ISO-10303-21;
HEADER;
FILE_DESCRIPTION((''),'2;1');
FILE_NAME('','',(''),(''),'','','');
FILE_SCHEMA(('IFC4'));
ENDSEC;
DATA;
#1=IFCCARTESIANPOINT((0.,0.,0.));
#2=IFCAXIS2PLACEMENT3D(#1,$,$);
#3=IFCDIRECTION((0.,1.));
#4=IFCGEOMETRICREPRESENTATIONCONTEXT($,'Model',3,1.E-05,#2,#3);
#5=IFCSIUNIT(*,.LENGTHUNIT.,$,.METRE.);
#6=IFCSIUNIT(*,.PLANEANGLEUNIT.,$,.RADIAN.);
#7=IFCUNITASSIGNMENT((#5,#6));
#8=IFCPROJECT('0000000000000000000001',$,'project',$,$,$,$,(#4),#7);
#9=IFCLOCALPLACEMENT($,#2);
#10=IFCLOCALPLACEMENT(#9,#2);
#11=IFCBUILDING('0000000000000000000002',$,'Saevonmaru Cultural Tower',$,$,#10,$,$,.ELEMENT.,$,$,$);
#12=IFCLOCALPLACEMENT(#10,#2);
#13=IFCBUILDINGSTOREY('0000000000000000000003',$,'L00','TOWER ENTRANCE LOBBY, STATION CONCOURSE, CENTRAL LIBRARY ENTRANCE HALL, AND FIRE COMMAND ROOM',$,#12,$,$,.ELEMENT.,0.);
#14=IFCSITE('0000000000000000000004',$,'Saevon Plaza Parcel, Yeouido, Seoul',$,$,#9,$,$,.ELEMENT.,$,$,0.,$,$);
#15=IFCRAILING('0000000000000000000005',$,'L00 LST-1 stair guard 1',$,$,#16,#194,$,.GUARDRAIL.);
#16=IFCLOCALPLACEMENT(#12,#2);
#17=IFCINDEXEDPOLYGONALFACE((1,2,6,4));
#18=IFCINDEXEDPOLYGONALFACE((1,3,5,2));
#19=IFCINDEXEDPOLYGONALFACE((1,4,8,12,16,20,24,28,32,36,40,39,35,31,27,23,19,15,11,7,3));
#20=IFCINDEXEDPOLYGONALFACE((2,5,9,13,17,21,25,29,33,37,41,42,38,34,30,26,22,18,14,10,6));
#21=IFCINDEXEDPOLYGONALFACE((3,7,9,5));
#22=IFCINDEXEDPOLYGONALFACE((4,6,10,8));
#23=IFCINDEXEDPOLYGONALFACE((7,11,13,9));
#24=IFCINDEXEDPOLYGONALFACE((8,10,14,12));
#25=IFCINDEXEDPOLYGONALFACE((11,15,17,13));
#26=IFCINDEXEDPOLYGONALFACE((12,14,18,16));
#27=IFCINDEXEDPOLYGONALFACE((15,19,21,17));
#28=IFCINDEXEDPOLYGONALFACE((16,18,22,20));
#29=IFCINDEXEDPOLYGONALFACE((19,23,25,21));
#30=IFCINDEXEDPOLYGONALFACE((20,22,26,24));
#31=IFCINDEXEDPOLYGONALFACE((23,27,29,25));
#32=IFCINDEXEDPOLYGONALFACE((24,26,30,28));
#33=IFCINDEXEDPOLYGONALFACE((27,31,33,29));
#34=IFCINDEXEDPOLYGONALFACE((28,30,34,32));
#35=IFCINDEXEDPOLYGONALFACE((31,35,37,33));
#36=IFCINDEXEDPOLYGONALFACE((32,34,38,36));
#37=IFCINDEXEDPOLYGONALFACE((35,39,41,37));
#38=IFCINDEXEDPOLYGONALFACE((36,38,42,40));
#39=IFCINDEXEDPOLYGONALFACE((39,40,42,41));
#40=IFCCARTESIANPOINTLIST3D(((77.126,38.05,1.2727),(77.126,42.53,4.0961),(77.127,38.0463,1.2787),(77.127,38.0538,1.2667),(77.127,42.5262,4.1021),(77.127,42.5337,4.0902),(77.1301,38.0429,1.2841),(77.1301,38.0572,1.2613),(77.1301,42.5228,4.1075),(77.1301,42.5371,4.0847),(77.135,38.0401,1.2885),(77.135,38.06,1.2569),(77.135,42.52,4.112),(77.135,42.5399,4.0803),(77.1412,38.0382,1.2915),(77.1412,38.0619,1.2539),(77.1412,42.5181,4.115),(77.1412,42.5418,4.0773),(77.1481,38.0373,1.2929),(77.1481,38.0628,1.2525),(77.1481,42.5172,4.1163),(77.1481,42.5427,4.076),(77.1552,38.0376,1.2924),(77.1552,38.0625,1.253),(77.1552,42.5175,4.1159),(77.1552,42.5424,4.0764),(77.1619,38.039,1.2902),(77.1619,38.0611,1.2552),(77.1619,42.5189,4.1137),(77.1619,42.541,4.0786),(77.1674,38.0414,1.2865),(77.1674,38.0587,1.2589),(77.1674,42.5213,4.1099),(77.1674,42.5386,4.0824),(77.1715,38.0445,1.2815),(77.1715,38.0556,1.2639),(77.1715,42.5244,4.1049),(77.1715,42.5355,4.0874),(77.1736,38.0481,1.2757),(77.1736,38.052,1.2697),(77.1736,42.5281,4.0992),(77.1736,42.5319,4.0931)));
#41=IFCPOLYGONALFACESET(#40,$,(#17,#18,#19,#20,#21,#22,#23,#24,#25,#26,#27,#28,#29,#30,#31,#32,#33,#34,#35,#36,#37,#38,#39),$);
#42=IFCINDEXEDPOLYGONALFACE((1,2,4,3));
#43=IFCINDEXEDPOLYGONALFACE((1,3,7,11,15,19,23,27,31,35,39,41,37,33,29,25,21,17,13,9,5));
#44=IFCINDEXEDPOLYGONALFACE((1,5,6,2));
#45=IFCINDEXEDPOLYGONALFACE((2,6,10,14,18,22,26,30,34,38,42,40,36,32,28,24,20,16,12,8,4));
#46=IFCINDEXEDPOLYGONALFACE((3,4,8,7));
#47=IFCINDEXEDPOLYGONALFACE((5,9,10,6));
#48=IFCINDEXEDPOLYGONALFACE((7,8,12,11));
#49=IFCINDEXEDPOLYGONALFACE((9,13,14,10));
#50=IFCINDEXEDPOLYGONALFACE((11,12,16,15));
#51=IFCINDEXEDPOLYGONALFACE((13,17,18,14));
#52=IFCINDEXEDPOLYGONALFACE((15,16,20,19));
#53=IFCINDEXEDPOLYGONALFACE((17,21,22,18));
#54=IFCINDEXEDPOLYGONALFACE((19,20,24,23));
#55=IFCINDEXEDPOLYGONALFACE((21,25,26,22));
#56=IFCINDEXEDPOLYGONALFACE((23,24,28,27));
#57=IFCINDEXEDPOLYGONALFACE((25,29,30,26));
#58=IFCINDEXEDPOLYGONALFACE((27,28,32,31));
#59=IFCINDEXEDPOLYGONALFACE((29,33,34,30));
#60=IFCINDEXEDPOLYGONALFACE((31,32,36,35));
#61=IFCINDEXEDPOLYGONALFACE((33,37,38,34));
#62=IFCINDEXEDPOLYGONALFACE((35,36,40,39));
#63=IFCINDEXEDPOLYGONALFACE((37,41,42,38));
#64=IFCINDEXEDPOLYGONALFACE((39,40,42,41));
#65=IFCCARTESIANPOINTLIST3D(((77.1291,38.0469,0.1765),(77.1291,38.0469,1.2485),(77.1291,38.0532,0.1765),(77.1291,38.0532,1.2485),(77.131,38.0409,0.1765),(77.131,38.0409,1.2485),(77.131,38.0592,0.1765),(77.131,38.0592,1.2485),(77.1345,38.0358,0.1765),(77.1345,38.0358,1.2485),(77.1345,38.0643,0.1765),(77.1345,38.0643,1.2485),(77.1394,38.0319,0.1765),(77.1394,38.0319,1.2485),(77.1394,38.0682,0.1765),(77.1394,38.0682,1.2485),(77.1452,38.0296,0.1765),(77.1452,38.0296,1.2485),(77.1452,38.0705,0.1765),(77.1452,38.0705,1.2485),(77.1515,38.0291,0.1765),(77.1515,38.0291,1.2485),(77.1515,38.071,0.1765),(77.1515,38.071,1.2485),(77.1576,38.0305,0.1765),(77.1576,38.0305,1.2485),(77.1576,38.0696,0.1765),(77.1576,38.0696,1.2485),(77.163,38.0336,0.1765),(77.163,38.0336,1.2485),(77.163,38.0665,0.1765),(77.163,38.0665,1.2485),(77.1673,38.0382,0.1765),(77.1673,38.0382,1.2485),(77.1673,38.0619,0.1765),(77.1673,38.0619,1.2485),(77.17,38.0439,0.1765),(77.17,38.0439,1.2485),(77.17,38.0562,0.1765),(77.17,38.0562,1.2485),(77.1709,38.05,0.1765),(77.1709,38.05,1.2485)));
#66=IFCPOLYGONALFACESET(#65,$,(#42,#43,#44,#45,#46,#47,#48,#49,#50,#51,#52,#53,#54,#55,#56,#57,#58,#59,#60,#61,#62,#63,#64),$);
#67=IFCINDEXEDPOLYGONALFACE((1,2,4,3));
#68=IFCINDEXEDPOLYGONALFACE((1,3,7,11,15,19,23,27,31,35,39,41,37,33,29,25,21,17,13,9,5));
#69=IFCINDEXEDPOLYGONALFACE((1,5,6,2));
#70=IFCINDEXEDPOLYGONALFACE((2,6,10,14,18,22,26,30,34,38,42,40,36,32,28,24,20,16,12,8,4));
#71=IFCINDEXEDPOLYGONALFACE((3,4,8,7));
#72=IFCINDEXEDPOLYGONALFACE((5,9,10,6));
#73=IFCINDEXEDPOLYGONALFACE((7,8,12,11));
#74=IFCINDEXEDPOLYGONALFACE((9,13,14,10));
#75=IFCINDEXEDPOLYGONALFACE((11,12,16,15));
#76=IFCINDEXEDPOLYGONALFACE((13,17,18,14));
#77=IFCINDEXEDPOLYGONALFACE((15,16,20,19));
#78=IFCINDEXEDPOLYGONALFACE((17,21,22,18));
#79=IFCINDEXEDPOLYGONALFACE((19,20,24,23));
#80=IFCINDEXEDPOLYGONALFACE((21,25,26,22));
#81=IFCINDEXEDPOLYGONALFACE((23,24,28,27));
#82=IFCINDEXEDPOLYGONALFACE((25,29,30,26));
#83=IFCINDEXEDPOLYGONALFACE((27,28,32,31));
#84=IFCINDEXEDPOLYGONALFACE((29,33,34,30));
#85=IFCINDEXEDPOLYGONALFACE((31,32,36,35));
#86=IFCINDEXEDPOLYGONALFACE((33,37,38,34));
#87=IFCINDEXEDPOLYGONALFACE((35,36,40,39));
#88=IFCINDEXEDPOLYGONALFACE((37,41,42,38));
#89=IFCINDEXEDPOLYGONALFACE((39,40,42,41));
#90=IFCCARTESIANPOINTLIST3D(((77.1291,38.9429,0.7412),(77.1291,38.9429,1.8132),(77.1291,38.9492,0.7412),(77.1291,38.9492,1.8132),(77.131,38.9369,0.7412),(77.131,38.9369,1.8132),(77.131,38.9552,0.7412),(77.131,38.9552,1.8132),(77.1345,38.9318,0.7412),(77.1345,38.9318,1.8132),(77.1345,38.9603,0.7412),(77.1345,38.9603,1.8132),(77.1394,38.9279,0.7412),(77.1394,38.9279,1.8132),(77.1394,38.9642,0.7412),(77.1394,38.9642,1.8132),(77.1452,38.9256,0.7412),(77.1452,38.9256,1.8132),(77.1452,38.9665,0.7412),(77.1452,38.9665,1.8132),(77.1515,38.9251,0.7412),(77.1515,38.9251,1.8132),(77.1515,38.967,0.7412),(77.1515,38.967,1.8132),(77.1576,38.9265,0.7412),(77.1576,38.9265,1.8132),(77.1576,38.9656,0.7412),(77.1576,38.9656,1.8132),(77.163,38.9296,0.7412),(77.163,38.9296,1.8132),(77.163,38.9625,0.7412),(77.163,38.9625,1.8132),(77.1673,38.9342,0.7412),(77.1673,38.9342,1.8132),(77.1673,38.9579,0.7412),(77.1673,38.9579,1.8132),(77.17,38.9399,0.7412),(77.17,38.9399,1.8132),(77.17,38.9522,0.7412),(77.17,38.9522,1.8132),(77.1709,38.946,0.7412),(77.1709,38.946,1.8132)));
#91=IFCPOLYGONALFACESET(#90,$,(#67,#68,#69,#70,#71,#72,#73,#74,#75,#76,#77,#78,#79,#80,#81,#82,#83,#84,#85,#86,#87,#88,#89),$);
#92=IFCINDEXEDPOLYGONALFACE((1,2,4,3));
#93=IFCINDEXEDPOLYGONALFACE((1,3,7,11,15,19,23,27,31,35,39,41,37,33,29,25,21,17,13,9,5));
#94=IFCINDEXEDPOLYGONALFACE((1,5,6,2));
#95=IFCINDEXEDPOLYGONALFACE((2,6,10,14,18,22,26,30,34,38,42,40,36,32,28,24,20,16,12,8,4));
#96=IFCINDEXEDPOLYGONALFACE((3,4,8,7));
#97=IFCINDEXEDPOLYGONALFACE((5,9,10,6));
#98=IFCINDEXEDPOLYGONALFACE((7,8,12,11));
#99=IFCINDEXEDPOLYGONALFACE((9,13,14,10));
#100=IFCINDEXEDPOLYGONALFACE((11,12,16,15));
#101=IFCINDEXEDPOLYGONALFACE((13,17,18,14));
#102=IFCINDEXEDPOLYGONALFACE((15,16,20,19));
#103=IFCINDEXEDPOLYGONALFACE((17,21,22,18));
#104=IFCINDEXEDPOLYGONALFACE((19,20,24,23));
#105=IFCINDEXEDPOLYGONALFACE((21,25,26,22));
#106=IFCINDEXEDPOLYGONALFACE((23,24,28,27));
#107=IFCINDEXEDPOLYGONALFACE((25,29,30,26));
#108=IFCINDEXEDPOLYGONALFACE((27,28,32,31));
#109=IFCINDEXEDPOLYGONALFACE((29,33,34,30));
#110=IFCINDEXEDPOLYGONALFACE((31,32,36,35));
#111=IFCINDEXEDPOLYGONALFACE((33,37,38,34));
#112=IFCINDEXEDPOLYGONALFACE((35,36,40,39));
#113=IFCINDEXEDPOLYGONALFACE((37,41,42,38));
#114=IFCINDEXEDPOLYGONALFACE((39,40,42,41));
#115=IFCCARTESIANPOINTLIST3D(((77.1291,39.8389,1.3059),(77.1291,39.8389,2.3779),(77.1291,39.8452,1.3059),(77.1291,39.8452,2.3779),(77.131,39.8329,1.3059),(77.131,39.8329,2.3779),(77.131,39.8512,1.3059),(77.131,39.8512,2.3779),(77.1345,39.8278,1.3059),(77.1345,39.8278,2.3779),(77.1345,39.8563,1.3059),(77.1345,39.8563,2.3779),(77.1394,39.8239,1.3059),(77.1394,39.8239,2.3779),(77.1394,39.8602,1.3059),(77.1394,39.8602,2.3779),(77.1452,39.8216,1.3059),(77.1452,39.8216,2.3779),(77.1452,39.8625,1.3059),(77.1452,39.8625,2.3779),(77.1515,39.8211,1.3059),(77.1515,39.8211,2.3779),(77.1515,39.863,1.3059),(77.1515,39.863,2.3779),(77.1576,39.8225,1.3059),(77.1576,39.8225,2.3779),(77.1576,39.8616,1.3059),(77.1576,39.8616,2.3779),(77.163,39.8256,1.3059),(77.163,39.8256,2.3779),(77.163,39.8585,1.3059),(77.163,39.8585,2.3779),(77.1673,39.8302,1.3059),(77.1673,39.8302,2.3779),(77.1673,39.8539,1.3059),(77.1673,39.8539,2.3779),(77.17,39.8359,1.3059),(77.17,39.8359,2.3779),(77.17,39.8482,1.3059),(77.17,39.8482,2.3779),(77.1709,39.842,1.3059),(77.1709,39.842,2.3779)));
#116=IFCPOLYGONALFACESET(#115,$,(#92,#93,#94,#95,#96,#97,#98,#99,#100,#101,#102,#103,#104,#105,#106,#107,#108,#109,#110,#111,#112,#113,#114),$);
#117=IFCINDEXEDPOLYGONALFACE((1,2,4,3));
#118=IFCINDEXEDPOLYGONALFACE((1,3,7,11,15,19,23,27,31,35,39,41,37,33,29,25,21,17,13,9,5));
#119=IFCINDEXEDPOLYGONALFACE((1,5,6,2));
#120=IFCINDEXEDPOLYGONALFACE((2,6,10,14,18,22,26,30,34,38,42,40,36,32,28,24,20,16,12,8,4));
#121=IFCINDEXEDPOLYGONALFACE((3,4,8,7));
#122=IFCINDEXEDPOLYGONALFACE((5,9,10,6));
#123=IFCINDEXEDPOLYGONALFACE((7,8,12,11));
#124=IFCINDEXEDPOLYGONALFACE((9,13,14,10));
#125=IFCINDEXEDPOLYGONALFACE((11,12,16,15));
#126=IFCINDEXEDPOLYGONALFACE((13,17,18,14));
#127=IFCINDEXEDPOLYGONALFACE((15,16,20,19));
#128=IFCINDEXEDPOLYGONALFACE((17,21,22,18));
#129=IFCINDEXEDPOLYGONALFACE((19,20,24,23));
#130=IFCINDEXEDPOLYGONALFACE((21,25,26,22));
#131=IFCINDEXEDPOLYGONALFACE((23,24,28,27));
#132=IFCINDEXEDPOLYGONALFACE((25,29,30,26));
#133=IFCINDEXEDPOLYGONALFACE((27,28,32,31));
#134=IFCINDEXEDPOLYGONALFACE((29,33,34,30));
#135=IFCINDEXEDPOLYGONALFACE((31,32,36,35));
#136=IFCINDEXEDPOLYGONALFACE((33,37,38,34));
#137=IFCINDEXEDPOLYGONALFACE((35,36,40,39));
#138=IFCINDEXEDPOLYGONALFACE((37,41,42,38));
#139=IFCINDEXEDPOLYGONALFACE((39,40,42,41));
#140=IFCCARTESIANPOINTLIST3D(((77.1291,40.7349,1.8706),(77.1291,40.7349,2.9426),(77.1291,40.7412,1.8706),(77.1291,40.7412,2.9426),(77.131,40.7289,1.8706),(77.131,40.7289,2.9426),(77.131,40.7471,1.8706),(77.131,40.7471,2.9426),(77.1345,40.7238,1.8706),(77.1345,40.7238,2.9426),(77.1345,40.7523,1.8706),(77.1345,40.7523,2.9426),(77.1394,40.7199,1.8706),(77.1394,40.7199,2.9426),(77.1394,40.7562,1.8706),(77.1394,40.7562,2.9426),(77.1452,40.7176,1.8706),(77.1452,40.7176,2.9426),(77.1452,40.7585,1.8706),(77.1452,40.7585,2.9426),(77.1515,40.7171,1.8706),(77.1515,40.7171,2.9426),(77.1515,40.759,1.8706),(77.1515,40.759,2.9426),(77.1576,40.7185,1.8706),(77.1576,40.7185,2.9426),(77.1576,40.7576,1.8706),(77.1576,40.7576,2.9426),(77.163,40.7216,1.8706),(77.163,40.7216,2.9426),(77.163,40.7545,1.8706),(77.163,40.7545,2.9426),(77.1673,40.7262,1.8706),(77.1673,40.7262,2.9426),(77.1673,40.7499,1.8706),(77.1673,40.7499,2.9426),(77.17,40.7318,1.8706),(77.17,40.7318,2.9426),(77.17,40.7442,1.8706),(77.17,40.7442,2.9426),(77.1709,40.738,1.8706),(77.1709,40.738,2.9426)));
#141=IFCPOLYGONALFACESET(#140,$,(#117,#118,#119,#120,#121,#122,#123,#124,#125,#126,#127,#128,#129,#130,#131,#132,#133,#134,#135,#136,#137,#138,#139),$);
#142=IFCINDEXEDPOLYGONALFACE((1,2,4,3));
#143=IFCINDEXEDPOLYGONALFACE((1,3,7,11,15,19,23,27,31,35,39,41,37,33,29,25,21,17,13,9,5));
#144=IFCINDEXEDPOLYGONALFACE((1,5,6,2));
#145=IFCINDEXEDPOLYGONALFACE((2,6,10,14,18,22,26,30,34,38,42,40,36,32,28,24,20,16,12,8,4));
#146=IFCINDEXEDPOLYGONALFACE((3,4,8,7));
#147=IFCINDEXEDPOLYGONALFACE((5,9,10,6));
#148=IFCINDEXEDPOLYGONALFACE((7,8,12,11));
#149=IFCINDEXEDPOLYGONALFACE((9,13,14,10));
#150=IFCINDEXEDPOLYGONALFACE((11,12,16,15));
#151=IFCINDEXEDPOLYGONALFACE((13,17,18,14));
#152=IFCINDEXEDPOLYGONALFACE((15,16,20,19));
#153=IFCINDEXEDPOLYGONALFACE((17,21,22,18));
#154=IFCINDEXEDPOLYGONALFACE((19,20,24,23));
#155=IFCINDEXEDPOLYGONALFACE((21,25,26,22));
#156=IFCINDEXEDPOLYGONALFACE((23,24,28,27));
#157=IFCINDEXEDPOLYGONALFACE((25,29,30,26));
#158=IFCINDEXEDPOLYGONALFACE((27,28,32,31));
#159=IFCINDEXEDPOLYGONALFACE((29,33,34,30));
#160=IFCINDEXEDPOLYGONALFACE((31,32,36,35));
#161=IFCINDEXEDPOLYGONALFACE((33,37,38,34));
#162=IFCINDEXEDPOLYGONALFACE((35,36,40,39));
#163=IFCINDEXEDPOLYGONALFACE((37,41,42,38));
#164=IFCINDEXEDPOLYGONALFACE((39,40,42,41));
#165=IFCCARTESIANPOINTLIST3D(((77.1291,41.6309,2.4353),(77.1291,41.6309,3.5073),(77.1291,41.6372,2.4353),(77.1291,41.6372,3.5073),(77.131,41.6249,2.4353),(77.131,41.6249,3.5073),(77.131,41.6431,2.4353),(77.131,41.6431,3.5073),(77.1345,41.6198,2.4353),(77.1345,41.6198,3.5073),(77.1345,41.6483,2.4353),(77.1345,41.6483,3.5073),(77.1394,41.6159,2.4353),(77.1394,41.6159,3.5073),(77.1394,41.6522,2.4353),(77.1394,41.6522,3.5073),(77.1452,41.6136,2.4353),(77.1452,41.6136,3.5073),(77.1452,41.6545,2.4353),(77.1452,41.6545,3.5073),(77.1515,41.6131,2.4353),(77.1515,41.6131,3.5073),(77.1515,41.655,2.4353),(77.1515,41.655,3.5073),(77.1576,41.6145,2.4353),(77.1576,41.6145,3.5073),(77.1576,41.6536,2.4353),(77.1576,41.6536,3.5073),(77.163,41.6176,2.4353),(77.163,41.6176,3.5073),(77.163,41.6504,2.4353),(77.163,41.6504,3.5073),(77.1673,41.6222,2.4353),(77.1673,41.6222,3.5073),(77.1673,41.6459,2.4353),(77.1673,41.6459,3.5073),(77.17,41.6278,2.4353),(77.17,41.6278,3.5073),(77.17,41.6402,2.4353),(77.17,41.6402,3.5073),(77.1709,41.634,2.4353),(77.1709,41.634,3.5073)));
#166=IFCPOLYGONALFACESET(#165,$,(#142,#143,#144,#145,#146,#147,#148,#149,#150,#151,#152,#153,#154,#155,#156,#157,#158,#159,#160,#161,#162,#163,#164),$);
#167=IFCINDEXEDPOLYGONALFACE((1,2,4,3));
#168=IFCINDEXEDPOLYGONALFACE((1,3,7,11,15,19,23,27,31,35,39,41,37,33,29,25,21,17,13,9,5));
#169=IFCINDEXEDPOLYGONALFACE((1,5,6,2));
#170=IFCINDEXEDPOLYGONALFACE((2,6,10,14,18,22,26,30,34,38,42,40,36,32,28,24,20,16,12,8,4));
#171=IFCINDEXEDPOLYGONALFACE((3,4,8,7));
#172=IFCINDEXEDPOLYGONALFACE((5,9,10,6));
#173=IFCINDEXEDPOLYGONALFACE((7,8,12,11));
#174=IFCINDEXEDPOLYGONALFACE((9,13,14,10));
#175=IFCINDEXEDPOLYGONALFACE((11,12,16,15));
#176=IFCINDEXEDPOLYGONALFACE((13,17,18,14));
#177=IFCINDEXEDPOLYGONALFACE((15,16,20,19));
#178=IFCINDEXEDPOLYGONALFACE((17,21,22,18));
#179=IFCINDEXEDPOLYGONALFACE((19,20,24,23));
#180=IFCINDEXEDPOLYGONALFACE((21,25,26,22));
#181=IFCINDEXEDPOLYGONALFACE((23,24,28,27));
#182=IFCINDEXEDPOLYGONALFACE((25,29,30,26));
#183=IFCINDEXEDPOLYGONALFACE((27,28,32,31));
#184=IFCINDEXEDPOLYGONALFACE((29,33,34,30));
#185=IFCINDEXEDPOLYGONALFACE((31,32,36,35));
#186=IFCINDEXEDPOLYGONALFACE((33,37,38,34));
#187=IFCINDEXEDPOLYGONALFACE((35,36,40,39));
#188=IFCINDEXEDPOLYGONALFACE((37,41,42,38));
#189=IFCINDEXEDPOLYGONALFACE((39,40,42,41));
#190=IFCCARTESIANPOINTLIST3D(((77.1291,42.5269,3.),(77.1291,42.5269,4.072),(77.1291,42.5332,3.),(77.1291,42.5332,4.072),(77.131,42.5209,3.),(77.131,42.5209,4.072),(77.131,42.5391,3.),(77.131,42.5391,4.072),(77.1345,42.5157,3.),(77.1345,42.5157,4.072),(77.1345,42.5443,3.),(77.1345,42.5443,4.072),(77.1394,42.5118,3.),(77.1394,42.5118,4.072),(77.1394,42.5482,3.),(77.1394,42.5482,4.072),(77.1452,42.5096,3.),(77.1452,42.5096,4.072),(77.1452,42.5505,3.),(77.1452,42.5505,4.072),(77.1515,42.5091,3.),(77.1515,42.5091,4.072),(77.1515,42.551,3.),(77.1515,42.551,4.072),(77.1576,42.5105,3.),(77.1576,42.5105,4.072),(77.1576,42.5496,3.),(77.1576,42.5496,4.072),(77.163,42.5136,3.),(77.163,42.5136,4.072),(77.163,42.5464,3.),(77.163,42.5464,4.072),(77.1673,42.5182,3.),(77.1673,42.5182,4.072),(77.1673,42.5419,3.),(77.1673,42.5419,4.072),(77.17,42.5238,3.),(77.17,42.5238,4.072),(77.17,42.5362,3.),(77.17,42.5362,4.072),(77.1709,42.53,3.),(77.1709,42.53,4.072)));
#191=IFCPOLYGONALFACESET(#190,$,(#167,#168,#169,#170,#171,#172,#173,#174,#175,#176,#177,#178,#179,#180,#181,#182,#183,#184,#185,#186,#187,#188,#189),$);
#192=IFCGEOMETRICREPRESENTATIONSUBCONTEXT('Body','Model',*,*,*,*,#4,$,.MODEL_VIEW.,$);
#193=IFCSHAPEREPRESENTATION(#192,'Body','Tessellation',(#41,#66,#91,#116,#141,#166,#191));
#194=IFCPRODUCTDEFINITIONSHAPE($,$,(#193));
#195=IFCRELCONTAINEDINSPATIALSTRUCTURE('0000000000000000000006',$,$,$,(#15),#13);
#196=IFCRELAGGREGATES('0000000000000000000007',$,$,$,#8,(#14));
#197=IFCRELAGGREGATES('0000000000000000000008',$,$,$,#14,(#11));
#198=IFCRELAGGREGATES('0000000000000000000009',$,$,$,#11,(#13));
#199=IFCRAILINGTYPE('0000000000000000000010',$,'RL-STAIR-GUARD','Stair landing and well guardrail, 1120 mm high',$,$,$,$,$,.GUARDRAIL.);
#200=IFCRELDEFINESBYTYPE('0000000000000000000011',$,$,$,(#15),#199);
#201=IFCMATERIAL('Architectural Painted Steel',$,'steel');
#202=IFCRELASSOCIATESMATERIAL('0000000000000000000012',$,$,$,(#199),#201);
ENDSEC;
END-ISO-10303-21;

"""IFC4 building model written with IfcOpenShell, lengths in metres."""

from ifc_helpers import new_model, si_unit, direction, frame, origin, origin_2d, place, context, subcontext, project, spatial, circle, extrude, material, type_object, element, save


model = new_model("IFC4")

# Units and contexts
model_context = context("Model", 3, precision=1e-05, world=origin(), true_north=direction((0.0, 1.0)))
body_context = subcontext(model_context, "Body", "Model", "MODEL_VIEW")
ifc_project = project(units=[si_unit("LENGTHUNIT", "METRE"), si_unit("PLANEANGLEUNIT", "RADIAN")], contexts=[model_context])

# Site, building, storey
site_placement = place(None, origin())
site = spatial("IfcSite", under=ifc_project, at=site_placement, Name="Saevon Plaza Parcel, Yeouido, Seoul", CompositionType="ELEMENT", RefElevation=0.0)
building_placement = place(site_placement, origin())
building = spatial("IfcBuilding", under=site, at=building_placement, Name="Saevonmaru Cultural Tower", CompositionType="ELEMENT")
storey_placement = place(building_placement, origin())
storey = spatial("IfcBuildingStorey", under=building, at=storey_placement, Name="L00", Description="TOWER ENTRANCE LOBBY, STATION CONCOURSE, CENTRAL LIBRARY ENTRANCE HALL, AND FIRE COMMAND ROOM", CompositionType="ELEMENT", Elevation=0.0)

# Railing
ifc_material_1 = material(Name="Architectural Painted Steel", Category="steel")
railing_type_1 = type_object("IfcRailingType", Name="RL-STAIR-GUARD", Description="Stair landing and well guardrail, 1120 mm high", PredefinedType="GUARDRAIL", material=ifc_material_1)
railing_1_placement = place(storey_placement, frame((77.1499, 38.05, 0.1765)))
element("IfcRailing", 1, at=railing_1_placement, inside=storey, type_object=railing_type_1, Name="L00 LST-1 stair guard 1", PredefinedType="GUARDRAIL", context=body_context, shape_type="SweptSolid", body=[
    extrude(circle(Radius=0.0239, at=origin_2d()), frame((0.0, 0.0, 1.0962), z_axis=(0.0, 0.845998, 0.533186), x_axis=(-1.0, 0.0, 0.0)), (0.0, 0.0, 1.0), 5.2954),
    extrude(circle(Radius=0.021, at=origin_2d()), origin(), (0.0, 0.0, 1.0), 1.072),
    extrude(circle(Radius=0.021, at=origin_2d()), frame((0.0, 0.896, 0.5647)), (0.0, 0.0, 1.0), 1.072),
    extrude(circle(Radius=0.021, at=origin_2d()), frame((0.0, 1.792, 1.1294)), (0.0, 0.0, 1.0), 1.072),
    extrude(circle(Radius=0.021, at=origin_2d()), frame((0.0, 2.688, 1.6941)), (0.0, 0.0, 1.0), 1.072),
    extrude(circle(Radius=0.021, at=origin_2d()), frame((0.0, 3.584, 2.2588)), (0.0, 0.0, 1.0), 1.072),
    extrude(circle(Radius=0.021, at=origin_2d()), frame((0.0, 4.48, 2.8235)), (0.0, 0.0, 1.0), 1.072),
])

save(model, "model.ifc")
